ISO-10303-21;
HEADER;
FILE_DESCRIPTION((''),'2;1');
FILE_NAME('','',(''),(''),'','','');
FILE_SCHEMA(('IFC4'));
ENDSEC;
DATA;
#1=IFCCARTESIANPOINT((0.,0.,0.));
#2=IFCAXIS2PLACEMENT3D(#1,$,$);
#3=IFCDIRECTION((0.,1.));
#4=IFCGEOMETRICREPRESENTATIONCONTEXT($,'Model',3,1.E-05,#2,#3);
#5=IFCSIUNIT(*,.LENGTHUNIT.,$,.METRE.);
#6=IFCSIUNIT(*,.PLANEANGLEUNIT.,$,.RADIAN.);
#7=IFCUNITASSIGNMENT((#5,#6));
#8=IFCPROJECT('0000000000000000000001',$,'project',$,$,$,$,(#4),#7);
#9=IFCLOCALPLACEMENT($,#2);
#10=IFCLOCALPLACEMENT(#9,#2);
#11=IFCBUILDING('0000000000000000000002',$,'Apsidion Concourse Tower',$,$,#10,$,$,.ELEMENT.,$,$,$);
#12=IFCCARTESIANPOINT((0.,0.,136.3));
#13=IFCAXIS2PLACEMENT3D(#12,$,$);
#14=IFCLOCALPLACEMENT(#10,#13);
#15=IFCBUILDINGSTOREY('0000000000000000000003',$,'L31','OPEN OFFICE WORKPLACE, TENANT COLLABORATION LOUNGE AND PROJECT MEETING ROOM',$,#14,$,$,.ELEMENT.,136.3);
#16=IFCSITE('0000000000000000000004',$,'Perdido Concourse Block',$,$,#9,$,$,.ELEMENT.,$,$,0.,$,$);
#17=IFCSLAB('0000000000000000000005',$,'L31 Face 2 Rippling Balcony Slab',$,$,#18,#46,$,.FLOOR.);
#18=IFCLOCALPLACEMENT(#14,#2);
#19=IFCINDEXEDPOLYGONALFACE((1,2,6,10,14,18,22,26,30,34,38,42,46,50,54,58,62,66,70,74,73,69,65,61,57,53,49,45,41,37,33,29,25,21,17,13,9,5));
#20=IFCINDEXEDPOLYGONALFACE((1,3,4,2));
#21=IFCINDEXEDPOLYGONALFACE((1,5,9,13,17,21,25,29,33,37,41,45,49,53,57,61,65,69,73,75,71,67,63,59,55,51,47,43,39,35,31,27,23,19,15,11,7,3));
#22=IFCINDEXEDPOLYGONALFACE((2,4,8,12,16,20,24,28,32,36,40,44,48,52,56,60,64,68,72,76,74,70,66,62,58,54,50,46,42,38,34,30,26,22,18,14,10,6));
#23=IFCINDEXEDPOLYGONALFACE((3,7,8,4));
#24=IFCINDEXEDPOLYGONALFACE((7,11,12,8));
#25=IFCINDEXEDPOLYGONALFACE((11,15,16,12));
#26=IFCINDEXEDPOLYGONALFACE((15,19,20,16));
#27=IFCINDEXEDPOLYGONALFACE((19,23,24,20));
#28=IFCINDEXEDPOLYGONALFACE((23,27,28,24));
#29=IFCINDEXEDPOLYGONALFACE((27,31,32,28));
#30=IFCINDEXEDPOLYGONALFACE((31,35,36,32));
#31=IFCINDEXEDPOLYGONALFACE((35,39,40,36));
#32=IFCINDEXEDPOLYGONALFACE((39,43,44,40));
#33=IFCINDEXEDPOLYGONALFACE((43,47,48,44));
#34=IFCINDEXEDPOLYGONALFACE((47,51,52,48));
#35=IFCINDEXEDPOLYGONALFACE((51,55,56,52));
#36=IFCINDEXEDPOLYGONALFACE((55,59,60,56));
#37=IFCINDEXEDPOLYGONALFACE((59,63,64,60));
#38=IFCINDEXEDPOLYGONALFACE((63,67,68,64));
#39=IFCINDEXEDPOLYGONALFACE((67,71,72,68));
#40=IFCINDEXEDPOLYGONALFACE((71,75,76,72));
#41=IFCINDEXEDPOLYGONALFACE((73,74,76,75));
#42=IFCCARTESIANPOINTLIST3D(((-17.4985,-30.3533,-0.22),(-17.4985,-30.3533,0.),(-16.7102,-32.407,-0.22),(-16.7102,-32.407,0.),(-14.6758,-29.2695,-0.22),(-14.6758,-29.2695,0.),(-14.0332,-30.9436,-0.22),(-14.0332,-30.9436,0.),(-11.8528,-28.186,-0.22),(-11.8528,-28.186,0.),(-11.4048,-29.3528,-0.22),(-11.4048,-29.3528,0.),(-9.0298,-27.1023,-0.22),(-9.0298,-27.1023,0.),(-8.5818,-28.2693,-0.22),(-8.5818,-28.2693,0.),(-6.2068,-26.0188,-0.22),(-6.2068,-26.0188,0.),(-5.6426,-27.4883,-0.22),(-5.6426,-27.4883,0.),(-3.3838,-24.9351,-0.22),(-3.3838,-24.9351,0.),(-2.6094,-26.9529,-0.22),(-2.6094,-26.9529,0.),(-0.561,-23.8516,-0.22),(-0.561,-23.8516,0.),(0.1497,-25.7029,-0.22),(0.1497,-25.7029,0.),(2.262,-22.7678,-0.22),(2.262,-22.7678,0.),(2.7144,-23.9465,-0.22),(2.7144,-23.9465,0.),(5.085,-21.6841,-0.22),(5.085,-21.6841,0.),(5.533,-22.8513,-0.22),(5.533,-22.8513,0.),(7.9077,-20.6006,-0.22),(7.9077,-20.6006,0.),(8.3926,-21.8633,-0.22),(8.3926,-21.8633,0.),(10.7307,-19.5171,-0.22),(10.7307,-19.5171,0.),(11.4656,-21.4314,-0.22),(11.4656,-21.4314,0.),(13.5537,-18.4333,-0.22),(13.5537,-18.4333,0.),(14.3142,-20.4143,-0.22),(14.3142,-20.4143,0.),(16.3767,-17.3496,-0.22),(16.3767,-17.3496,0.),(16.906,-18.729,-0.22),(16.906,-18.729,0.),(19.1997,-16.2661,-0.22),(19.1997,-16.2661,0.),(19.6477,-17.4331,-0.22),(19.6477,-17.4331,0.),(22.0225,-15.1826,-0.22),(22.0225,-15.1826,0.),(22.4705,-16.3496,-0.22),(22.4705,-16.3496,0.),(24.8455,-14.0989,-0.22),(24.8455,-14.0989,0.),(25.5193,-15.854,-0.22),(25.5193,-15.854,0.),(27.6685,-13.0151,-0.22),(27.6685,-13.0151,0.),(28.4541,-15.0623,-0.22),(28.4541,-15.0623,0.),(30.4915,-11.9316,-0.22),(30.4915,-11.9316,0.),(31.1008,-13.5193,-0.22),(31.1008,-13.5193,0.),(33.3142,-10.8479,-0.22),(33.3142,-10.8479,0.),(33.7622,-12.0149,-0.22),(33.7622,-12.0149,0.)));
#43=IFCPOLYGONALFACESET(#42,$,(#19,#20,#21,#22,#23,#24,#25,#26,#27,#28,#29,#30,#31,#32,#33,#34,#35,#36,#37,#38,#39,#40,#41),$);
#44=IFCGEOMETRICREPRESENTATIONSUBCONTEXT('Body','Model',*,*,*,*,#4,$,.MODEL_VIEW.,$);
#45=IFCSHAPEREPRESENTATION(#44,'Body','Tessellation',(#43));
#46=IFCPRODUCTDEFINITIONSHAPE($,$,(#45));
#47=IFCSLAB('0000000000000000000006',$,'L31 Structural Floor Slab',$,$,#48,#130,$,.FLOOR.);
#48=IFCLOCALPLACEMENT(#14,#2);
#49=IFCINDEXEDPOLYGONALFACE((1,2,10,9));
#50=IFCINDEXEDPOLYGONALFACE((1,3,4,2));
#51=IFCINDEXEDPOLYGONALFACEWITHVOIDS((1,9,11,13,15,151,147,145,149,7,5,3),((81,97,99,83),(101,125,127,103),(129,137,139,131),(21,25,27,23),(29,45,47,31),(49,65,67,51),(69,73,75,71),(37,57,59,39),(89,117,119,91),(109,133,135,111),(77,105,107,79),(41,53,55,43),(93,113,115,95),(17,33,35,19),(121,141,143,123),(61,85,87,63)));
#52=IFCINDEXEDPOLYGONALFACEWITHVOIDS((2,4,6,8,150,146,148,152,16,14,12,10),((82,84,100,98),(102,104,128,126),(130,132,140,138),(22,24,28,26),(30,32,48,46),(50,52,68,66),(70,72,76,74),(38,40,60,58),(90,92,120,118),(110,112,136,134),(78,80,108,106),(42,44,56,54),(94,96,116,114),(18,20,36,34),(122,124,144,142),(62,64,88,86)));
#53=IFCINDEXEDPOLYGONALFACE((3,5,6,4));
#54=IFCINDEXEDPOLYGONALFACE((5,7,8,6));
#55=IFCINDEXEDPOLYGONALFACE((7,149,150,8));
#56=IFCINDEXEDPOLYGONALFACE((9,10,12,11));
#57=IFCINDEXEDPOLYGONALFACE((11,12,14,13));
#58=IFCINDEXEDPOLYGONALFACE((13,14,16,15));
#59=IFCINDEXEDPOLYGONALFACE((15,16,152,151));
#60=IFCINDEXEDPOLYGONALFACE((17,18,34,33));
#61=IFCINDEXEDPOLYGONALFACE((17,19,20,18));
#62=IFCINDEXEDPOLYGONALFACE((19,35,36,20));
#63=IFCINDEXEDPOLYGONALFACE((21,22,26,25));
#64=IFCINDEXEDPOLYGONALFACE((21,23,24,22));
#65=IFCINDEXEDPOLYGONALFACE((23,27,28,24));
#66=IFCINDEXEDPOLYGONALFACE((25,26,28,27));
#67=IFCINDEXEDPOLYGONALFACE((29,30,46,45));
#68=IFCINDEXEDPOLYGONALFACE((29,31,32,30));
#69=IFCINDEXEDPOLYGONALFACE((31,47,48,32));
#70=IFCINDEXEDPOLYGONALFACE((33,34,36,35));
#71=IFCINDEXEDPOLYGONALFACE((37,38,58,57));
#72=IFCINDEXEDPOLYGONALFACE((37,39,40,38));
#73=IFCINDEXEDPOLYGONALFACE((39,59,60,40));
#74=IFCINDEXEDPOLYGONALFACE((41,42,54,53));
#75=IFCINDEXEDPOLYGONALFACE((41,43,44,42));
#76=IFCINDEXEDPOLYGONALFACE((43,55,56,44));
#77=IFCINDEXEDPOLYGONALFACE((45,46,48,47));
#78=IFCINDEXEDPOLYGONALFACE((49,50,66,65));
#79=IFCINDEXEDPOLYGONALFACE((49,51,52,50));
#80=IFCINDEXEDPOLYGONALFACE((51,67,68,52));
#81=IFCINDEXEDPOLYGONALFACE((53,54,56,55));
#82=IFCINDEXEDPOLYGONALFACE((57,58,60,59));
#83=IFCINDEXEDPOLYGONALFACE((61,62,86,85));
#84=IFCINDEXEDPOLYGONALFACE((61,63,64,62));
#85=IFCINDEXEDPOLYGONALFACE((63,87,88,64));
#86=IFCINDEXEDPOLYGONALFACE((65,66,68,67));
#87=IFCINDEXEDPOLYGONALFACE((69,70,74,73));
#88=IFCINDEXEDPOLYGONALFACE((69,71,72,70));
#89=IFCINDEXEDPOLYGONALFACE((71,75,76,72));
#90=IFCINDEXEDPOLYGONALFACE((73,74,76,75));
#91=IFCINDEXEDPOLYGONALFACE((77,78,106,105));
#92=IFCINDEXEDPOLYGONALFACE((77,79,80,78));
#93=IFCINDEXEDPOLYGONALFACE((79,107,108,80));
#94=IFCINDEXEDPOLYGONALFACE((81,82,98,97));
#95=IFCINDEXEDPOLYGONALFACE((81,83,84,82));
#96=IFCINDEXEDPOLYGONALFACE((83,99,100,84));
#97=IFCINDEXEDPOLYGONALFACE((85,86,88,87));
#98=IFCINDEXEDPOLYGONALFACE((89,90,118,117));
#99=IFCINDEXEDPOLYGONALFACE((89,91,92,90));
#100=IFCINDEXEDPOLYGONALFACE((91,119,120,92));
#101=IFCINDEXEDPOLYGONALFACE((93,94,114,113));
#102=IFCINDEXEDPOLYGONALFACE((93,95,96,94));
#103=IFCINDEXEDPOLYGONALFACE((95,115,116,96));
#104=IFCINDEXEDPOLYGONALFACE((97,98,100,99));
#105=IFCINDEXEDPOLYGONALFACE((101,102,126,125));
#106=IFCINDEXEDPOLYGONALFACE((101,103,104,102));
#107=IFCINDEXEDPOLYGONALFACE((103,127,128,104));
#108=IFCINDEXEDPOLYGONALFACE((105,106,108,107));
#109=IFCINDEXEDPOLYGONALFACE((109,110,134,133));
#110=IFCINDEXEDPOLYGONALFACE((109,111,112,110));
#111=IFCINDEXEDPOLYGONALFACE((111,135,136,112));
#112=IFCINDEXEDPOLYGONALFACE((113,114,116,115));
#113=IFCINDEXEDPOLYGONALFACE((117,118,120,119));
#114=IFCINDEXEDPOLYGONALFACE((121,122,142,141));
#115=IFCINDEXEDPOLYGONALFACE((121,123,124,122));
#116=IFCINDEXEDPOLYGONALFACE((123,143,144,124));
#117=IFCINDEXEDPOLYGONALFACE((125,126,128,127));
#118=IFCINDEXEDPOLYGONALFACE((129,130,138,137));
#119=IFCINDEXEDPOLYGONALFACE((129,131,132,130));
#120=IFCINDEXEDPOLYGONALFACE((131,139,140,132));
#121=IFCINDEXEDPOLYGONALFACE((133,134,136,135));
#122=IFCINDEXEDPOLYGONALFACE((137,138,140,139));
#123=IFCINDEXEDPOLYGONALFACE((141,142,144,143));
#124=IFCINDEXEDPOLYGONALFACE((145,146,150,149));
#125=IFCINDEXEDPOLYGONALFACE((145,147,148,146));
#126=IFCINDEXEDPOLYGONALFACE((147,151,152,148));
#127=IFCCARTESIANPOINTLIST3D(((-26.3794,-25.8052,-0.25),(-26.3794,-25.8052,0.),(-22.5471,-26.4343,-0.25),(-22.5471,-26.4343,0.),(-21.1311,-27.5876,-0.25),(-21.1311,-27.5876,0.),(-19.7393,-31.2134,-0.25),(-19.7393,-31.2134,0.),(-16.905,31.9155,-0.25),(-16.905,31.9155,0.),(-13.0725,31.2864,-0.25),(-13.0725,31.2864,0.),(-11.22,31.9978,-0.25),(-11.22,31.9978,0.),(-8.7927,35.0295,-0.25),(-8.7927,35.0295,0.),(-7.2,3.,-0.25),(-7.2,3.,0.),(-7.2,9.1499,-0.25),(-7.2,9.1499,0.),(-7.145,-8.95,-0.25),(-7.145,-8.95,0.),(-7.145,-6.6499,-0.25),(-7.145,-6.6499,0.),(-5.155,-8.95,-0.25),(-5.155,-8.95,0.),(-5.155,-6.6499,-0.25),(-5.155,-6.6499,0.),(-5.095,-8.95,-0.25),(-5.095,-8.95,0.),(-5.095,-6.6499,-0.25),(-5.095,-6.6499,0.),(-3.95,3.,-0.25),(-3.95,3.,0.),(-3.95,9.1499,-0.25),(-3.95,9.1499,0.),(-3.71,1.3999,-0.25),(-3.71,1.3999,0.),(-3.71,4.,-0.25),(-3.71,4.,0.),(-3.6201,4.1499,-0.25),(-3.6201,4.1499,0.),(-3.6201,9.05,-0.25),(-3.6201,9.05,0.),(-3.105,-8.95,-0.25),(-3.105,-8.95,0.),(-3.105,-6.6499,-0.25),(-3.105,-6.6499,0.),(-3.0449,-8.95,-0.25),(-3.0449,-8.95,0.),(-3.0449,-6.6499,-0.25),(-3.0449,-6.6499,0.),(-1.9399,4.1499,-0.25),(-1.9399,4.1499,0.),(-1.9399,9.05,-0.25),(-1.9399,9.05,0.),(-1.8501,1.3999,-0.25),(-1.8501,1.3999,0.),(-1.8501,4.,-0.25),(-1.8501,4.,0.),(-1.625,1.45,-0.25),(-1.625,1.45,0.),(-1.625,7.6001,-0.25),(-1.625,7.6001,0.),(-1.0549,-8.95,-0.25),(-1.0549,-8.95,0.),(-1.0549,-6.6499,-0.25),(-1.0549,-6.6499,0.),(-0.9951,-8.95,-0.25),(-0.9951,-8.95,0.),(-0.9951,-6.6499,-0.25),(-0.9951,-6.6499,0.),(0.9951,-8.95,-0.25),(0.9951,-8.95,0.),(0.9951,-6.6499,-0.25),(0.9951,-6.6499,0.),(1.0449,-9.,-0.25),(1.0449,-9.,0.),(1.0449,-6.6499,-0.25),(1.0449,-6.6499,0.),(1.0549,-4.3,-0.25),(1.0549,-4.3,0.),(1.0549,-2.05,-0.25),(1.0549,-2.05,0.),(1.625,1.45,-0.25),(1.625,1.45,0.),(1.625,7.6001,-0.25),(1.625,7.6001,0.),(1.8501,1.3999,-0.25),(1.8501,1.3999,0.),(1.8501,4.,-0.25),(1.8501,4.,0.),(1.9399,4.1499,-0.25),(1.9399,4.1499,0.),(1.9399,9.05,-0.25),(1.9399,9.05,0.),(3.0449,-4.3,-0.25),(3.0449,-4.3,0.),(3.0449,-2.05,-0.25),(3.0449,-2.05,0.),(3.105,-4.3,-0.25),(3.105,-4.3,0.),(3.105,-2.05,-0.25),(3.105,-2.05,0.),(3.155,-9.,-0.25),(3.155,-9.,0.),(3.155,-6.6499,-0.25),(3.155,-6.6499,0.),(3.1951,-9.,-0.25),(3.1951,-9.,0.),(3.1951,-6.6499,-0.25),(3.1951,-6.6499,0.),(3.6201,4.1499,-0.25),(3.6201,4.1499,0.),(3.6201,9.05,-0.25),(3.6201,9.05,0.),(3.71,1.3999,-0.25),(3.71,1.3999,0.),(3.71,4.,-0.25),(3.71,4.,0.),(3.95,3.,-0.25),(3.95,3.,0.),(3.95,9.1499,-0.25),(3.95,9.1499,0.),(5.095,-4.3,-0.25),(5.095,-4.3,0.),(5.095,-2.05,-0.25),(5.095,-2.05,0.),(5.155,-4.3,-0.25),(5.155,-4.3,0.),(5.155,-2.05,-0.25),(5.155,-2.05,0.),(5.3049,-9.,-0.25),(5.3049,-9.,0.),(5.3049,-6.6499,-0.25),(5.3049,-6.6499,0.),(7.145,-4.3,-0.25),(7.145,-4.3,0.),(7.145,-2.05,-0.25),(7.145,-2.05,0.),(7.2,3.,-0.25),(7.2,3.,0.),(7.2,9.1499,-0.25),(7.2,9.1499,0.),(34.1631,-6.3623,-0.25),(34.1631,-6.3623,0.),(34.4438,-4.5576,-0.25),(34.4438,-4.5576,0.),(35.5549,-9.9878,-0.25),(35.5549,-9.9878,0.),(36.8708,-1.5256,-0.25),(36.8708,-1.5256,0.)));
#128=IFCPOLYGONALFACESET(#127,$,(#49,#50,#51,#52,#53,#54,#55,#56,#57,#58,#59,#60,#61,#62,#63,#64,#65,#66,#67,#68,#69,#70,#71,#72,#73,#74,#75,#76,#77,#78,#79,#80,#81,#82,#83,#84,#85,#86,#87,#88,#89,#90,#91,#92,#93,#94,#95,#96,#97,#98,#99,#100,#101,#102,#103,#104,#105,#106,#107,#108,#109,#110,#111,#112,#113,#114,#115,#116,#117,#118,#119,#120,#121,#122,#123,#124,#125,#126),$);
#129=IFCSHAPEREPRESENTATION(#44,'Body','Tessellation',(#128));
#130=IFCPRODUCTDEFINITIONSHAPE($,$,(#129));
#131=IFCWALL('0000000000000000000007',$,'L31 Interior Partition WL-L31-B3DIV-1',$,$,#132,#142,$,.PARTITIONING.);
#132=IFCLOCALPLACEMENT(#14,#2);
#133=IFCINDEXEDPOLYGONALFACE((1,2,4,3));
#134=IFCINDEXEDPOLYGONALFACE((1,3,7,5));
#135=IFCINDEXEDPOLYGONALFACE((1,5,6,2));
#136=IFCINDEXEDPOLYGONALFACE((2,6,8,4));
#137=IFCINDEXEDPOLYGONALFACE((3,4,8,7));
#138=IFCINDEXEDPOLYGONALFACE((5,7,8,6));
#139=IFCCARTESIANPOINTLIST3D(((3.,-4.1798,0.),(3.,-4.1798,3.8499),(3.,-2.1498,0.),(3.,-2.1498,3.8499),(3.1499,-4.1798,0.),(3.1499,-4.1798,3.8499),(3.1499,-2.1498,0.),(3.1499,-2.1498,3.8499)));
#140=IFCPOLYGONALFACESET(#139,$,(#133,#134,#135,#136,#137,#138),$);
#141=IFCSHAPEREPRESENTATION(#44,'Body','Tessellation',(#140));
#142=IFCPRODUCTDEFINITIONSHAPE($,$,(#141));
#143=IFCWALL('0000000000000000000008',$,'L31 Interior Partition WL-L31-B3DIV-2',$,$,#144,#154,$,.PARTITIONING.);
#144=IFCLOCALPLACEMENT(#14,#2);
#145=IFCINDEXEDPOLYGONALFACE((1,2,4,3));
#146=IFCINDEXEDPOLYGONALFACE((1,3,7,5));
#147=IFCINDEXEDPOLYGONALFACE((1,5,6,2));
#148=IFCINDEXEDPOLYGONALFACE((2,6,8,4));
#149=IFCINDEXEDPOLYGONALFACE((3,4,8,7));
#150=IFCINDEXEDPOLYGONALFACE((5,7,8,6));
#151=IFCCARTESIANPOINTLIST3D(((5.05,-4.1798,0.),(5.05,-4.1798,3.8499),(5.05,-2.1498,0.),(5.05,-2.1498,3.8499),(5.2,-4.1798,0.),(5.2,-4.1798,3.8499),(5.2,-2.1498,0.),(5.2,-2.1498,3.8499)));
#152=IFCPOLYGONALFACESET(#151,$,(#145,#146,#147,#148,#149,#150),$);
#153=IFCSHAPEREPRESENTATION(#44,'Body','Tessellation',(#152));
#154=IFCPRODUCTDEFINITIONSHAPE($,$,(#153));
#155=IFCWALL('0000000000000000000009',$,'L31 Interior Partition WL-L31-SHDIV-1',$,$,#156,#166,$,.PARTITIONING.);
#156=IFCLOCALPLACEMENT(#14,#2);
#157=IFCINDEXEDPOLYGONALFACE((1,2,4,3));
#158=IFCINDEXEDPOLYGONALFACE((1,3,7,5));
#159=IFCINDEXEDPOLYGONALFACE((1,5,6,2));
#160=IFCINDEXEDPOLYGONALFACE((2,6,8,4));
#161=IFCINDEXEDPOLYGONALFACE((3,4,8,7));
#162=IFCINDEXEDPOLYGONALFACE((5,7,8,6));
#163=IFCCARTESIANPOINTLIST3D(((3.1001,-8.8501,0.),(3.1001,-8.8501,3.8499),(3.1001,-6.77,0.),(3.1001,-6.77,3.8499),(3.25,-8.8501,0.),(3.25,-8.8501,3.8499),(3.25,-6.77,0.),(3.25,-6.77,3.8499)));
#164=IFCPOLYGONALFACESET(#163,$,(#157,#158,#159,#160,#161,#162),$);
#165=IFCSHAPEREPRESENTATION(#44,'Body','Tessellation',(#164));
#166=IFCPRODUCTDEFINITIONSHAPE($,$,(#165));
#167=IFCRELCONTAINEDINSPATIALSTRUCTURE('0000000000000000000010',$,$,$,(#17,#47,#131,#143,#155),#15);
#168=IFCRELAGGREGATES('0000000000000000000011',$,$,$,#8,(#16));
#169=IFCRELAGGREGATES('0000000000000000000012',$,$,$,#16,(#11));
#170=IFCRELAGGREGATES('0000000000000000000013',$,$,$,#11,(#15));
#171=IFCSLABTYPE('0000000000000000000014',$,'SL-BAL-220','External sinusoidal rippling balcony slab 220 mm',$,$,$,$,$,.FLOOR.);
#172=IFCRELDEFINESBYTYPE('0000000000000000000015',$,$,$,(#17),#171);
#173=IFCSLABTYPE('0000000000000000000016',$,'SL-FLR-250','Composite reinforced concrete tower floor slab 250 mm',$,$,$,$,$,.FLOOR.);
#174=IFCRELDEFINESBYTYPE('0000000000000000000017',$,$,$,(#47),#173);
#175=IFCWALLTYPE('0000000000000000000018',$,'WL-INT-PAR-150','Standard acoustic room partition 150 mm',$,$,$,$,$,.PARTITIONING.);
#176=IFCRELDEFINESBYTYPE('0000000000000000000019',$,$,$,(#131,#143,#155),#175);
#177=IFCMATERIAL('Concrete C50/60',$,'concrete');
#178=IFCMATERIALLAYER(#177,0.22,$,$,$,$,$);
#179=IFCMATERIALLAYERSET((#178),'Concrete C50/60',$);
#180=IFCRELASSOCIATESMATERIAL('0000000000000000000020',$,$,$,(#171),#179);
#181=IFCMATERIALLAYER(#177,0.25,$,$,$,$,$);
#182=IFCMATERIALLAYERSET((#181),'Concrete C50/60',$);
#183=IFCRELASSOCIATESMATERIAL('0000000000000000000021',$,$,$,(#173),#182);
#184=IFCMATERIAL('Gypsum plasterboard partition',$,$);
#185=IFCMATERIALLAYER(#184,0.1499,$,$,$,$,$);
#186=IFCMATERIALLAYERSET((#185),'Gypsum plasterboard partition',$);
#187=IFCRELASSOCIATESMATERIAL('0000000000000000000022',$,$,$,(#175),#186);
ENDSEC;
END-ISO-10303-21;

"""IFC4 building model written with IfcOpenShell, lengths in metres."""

from ifc_helpers import new_model, si_unit, direction, frame, frame_2d, origin, place, context, subcontext, project, spatial, polyline, rectangle, outline, extrude, material, layer, layer_set, type_object, element, save


model = new_model("IFC4")

# Units and contexts
model_context = context("Model", 3, precision=1e-05, world=origin(), true_north=direction((0.0, 1.0)))
body_context = subcontext(model_context, "Body", "Model", "MODEL_VIEW")
ifc_project = project(units=[si_unit("LENGTHUNIT", "METRE"), si_unit("PLANEANGLEUNIT", "RADIAN")], contexts=[model_context])

# Site, building, storey
site_placement = place(None, origin())
site = spatial("IfcSite", under=ifc_project, at=site_placement, Name="Perdido Concourse Block", CompositionType="ELEMENT", RefElevation=0.0)
building_placement = place(site_placement, origin())
building = spatial("IfcBuilding", under=site, at=building_placement, Name="Apsidion Concourse Tower", CompositionType="ELEMENT")
storey_placement = place(building_placement, frame((0.0, 0.0, 136.3)))
storey = spatial("IfcBuildingStorey", under=building, at=storey_placement, Name="L31", Description="OPEN OFFICE WORKPLACE, TENANT COLLABORATION LOUNGE AND PROJECT MEETING ROOM", CompositionType="ELEMENT", Elevation=136.3)

# Shared definitions
ifc_material_1 = material(Name="Concrete C50/60", Category="concrete")

# Slabs
ifc_layer_1 = layer(ifc_material_1, 0.22)
ifc_layer_set_1 = layer_set([ifc_layer_1], Name="Concrete C50/60")
slab_type_1 = type_object("IfcSlabType", Name="SL-BAL-220", Description="External sinusoidal rippling balcony slab 220 mm", PredefinedType="FLOOR", material=ifc_layer_set_1)
slab_1_placement = place(storey_placement, frame((0.0, 0.0, -0.22)))
element("IfcSlab", 1, at=slab_1_placement, inside=storey, type_object=slab_type_1, Name="L31 Face 2 Rippling Balcony Slab", PredefinedType="FLOOR", context=body_context, shape_type="SweptSolid", body=[
    extrude(outline(polyline([(-17.4985, -30.3533), (-14.6758, -29.2695), (-11.8528, -28.186), (-9.0298, -27.1023), (-6.2068, -26.0188), (-3.3838, -24.9351), (-0.561, -23.8516), (2.262, -22.7678), (5.085, -21.6841), (7.9077, -20.6006), (10.7307, -19.5171), (13.5537, -18.4333), (16.3767, -17.3496), (19.1997, -16.2661), (22.0225, -15.1826), (24.8455, -14.0989), (27.6685, -13.0151), (30.4915, -11.9316), (33.3142, -10.8479), (33.7622, -12.0149), (31.1008, -13.5193), (28.4541, -15.0623), (25.5193, -15.854), (22.4705, -16.3496), (19.6477, -17.4331), (16.906, -18.729), (14.3142, -20.4143), (11.4656, -21.4314), (8.3926, -21.8633), (5.533, -22.8513), (2.7144, -23.9465), (0.1497, -25.7029), (-2.6094, -26.9529), (-5.6426, -27.4883), (-8.5818, -28.2693), (-11.4048, -29.3528), (-14.0332, -30.9436), (-16.7102, -32.407), (-17.4985, -30.3533)])), origin(), (0.0, 0.0, 1.0), 0.22),
])
ifc_layer_2 = layer(ifc_material_1, 0.25)
ifc_layer_set_2 = layer_set([ifc_layer_2], Name="Concrete C50/60")
slab_type_2 = type_object("IfcSlabType", Name="SL-FLR-250", Description="Composite reinforced concrete tower floor slab 250 mm", PredefinedType="FLOOR", material=ifc_layer_set_2)
slab_2_placement = place(storey_placement, frame((0.0, 0.0, -0.25)))
element("IfcSlab", 2, at=slab_2_placement, inside=storey, type_object=slab_type_2, Name="L31 Structural Floor Slab", PredefinedType="FLOOR", context=body_context, shape_type="SweptSolid", body=[
    extrude(outline(polyline([(-8.7927, 35.0295), (-11.22, 31.9978), (-13.0725, 31.2864), (-16.905, 31.9155), (-26.3794, -25.8052), (-22.5471, -26.4343), (-21.1311, -27.5876), (-19.7393, -31.2134), (35.5549, -9.9878), (34.1631, -6.3623), (34.4438, -4.5576), (36.8708, -1.5256), (-8.7927, 35.0295)]), holes=[polyline([(-3.95, 3.0), (-3.95, 9.1499), (-7.2, 9.1499), (-7.2, 3.0), (-3.95, 3.0)]), polyline([(7.2, 3.0), (7.2, 9.1499), (3.95, 9.1499), (3.95, 3.0), (7.2, 3.0)]), polyline([(-1.625, 7.6001), (-1.625, 1.45), (1.625, 1.45), (1.625, 7.6001), (-1.625, 7.6001)]), polyline([(1.0549, -4.3), (3.0449, -4.3), (3.0449, -2.05), (1.0549, -2.05), (1.0549, -4.3)]), polyline([(3.105, -4.3), (5.095, -4.3), (5.095, -2.05), (3.105, -2.05), (3.105, -4.3)]), polyline([(5.155, -4.3), (7.145, -4.3), (7.145, -2.05), (5.155, -2.05), (5.155, -4.3)]), polyline([(-7.145, -8.95), (-5.155, -8.95), (-5.155, -6.6499), (-7.145, -6.6499), (-7.145, -8.95)]), polyline([(-5.095, -8.95), (-3.105, -8.95), (-3.105, -6.6499), (-5.095, -6.6499), (-5.095, -8.95)]), polyline([(-3.0449, -8.95), (-1.0549, -8.95), (-1.0549, -6.6499), (-3.0449, -6.6499), (-3.0449, -8.95)]), polyline([(-0.9951, -8.95), (0.9951, -8.95), (0.9951, -6.6499), (-0.9951, -6.6499), (-0.9951, -8.95)]), polyline([(1.0449, -9.0), (3.155, -9.0), (3.155, -6.6499), (1.0449, -6.6499), (1.0449, -9.0)]), polyline([(3.1951, -9.0), (5.3049, -9.0), (5.3049, -6.6499), (3.1951, -6.6499), (3.1951, -9.0)]), polyline([(-3.71, 1.3999), (-1.8501, 1.3999), (-1.8501, 4.0), (-3.71, 4.0), (-3.71, 1.3999)]), polyline([(1.8501, 1.3999), (3.71, 1.3999), (3.71, 4.0), (1.8501, 4.0), (1.8501, 1.3999)]), polyline([(-3.6201, 4.1499), (-1.9399, 4.1499), (-1.9399, 9.05), (-3.6201, 9.05), (-3.6201, 4.1499)]), polyline([(1.9399, 4.1499), (3.6201, 4.1499), (3.6201, 9.05), (1.9399, 9.05), (1.9399, 4.1499)])]), origin(), (0.0, 0.0, 1.0), 0.25),
])

# Walls
ifc_material_2 = material(Name="Gypsum plasterboard partition")
ifc_layer_3 = layer(ifc_material_2, 0.1499)
ifc_layer_set_3 = layer_set([ifc_layer_3], Name="Gypsum plasterboard partition")
wall_type_1 = type_object("IfcWallType", Name="WL-INT-PAR-150", Description="Standard acoustic room partition 150 mm", PredefinedType="PARTITIONING", material=ifc_layer_set_3)
for number, where, z_axis, x_axis, name in (
    (3, (3.075, -4.1799, 0.0), (0.0, 0.0, 1.0), (0.0, 1.0, 0.0), "L31 Interior Partition WL-L31-B3DIV-1"),
    (4, (5.125, -4.1799, 0.0), (0.0, 0.0, 1.0), (0.0, 1.0, 0.0), "L31 Interior Partition WL-L31-B3DIV-2"),
):
    element("IfcWall", number, at=place(storey_placement, frame(where, z_axis=z_axis, x_axis=x_axis)), inside=storey, type_object=wall_type_1, Name=name, PredefinedType="PARTITIONING", context=body_context, shape_type="SweptSolid", body=[
        extrude(rectangle(XDim=2.03, YDim=0.1499, at=frame_2d((1.0151, 0.0))), origin(), (0.0, 0.0, 1.0), 3.8499),
    ])
wall_1_placement = place(storey_placement, frame((3.175, -8.8501, 0.0), z_axis=(0.0, 0.0, 1.0), x_axis=(0.0, 1.0, 0.0)))
element("IfcWall", 5, at=wall_1_placement, inside=storey, type_object=wall_type_1, Name="L31 Interior Partition WL-L31-SHDIV-1", PredefinedType="PARTITIONING", context=body_context, shape_type="SweptSolid", body=[
    extrude(rectangle(XDim=2.0801, YDim=0.1499, at=frame_2d((1.04, 0.0))), origin(), (0.0, 0.0, 1.0), 3.8499),
])

save(model, "model.ifc")
